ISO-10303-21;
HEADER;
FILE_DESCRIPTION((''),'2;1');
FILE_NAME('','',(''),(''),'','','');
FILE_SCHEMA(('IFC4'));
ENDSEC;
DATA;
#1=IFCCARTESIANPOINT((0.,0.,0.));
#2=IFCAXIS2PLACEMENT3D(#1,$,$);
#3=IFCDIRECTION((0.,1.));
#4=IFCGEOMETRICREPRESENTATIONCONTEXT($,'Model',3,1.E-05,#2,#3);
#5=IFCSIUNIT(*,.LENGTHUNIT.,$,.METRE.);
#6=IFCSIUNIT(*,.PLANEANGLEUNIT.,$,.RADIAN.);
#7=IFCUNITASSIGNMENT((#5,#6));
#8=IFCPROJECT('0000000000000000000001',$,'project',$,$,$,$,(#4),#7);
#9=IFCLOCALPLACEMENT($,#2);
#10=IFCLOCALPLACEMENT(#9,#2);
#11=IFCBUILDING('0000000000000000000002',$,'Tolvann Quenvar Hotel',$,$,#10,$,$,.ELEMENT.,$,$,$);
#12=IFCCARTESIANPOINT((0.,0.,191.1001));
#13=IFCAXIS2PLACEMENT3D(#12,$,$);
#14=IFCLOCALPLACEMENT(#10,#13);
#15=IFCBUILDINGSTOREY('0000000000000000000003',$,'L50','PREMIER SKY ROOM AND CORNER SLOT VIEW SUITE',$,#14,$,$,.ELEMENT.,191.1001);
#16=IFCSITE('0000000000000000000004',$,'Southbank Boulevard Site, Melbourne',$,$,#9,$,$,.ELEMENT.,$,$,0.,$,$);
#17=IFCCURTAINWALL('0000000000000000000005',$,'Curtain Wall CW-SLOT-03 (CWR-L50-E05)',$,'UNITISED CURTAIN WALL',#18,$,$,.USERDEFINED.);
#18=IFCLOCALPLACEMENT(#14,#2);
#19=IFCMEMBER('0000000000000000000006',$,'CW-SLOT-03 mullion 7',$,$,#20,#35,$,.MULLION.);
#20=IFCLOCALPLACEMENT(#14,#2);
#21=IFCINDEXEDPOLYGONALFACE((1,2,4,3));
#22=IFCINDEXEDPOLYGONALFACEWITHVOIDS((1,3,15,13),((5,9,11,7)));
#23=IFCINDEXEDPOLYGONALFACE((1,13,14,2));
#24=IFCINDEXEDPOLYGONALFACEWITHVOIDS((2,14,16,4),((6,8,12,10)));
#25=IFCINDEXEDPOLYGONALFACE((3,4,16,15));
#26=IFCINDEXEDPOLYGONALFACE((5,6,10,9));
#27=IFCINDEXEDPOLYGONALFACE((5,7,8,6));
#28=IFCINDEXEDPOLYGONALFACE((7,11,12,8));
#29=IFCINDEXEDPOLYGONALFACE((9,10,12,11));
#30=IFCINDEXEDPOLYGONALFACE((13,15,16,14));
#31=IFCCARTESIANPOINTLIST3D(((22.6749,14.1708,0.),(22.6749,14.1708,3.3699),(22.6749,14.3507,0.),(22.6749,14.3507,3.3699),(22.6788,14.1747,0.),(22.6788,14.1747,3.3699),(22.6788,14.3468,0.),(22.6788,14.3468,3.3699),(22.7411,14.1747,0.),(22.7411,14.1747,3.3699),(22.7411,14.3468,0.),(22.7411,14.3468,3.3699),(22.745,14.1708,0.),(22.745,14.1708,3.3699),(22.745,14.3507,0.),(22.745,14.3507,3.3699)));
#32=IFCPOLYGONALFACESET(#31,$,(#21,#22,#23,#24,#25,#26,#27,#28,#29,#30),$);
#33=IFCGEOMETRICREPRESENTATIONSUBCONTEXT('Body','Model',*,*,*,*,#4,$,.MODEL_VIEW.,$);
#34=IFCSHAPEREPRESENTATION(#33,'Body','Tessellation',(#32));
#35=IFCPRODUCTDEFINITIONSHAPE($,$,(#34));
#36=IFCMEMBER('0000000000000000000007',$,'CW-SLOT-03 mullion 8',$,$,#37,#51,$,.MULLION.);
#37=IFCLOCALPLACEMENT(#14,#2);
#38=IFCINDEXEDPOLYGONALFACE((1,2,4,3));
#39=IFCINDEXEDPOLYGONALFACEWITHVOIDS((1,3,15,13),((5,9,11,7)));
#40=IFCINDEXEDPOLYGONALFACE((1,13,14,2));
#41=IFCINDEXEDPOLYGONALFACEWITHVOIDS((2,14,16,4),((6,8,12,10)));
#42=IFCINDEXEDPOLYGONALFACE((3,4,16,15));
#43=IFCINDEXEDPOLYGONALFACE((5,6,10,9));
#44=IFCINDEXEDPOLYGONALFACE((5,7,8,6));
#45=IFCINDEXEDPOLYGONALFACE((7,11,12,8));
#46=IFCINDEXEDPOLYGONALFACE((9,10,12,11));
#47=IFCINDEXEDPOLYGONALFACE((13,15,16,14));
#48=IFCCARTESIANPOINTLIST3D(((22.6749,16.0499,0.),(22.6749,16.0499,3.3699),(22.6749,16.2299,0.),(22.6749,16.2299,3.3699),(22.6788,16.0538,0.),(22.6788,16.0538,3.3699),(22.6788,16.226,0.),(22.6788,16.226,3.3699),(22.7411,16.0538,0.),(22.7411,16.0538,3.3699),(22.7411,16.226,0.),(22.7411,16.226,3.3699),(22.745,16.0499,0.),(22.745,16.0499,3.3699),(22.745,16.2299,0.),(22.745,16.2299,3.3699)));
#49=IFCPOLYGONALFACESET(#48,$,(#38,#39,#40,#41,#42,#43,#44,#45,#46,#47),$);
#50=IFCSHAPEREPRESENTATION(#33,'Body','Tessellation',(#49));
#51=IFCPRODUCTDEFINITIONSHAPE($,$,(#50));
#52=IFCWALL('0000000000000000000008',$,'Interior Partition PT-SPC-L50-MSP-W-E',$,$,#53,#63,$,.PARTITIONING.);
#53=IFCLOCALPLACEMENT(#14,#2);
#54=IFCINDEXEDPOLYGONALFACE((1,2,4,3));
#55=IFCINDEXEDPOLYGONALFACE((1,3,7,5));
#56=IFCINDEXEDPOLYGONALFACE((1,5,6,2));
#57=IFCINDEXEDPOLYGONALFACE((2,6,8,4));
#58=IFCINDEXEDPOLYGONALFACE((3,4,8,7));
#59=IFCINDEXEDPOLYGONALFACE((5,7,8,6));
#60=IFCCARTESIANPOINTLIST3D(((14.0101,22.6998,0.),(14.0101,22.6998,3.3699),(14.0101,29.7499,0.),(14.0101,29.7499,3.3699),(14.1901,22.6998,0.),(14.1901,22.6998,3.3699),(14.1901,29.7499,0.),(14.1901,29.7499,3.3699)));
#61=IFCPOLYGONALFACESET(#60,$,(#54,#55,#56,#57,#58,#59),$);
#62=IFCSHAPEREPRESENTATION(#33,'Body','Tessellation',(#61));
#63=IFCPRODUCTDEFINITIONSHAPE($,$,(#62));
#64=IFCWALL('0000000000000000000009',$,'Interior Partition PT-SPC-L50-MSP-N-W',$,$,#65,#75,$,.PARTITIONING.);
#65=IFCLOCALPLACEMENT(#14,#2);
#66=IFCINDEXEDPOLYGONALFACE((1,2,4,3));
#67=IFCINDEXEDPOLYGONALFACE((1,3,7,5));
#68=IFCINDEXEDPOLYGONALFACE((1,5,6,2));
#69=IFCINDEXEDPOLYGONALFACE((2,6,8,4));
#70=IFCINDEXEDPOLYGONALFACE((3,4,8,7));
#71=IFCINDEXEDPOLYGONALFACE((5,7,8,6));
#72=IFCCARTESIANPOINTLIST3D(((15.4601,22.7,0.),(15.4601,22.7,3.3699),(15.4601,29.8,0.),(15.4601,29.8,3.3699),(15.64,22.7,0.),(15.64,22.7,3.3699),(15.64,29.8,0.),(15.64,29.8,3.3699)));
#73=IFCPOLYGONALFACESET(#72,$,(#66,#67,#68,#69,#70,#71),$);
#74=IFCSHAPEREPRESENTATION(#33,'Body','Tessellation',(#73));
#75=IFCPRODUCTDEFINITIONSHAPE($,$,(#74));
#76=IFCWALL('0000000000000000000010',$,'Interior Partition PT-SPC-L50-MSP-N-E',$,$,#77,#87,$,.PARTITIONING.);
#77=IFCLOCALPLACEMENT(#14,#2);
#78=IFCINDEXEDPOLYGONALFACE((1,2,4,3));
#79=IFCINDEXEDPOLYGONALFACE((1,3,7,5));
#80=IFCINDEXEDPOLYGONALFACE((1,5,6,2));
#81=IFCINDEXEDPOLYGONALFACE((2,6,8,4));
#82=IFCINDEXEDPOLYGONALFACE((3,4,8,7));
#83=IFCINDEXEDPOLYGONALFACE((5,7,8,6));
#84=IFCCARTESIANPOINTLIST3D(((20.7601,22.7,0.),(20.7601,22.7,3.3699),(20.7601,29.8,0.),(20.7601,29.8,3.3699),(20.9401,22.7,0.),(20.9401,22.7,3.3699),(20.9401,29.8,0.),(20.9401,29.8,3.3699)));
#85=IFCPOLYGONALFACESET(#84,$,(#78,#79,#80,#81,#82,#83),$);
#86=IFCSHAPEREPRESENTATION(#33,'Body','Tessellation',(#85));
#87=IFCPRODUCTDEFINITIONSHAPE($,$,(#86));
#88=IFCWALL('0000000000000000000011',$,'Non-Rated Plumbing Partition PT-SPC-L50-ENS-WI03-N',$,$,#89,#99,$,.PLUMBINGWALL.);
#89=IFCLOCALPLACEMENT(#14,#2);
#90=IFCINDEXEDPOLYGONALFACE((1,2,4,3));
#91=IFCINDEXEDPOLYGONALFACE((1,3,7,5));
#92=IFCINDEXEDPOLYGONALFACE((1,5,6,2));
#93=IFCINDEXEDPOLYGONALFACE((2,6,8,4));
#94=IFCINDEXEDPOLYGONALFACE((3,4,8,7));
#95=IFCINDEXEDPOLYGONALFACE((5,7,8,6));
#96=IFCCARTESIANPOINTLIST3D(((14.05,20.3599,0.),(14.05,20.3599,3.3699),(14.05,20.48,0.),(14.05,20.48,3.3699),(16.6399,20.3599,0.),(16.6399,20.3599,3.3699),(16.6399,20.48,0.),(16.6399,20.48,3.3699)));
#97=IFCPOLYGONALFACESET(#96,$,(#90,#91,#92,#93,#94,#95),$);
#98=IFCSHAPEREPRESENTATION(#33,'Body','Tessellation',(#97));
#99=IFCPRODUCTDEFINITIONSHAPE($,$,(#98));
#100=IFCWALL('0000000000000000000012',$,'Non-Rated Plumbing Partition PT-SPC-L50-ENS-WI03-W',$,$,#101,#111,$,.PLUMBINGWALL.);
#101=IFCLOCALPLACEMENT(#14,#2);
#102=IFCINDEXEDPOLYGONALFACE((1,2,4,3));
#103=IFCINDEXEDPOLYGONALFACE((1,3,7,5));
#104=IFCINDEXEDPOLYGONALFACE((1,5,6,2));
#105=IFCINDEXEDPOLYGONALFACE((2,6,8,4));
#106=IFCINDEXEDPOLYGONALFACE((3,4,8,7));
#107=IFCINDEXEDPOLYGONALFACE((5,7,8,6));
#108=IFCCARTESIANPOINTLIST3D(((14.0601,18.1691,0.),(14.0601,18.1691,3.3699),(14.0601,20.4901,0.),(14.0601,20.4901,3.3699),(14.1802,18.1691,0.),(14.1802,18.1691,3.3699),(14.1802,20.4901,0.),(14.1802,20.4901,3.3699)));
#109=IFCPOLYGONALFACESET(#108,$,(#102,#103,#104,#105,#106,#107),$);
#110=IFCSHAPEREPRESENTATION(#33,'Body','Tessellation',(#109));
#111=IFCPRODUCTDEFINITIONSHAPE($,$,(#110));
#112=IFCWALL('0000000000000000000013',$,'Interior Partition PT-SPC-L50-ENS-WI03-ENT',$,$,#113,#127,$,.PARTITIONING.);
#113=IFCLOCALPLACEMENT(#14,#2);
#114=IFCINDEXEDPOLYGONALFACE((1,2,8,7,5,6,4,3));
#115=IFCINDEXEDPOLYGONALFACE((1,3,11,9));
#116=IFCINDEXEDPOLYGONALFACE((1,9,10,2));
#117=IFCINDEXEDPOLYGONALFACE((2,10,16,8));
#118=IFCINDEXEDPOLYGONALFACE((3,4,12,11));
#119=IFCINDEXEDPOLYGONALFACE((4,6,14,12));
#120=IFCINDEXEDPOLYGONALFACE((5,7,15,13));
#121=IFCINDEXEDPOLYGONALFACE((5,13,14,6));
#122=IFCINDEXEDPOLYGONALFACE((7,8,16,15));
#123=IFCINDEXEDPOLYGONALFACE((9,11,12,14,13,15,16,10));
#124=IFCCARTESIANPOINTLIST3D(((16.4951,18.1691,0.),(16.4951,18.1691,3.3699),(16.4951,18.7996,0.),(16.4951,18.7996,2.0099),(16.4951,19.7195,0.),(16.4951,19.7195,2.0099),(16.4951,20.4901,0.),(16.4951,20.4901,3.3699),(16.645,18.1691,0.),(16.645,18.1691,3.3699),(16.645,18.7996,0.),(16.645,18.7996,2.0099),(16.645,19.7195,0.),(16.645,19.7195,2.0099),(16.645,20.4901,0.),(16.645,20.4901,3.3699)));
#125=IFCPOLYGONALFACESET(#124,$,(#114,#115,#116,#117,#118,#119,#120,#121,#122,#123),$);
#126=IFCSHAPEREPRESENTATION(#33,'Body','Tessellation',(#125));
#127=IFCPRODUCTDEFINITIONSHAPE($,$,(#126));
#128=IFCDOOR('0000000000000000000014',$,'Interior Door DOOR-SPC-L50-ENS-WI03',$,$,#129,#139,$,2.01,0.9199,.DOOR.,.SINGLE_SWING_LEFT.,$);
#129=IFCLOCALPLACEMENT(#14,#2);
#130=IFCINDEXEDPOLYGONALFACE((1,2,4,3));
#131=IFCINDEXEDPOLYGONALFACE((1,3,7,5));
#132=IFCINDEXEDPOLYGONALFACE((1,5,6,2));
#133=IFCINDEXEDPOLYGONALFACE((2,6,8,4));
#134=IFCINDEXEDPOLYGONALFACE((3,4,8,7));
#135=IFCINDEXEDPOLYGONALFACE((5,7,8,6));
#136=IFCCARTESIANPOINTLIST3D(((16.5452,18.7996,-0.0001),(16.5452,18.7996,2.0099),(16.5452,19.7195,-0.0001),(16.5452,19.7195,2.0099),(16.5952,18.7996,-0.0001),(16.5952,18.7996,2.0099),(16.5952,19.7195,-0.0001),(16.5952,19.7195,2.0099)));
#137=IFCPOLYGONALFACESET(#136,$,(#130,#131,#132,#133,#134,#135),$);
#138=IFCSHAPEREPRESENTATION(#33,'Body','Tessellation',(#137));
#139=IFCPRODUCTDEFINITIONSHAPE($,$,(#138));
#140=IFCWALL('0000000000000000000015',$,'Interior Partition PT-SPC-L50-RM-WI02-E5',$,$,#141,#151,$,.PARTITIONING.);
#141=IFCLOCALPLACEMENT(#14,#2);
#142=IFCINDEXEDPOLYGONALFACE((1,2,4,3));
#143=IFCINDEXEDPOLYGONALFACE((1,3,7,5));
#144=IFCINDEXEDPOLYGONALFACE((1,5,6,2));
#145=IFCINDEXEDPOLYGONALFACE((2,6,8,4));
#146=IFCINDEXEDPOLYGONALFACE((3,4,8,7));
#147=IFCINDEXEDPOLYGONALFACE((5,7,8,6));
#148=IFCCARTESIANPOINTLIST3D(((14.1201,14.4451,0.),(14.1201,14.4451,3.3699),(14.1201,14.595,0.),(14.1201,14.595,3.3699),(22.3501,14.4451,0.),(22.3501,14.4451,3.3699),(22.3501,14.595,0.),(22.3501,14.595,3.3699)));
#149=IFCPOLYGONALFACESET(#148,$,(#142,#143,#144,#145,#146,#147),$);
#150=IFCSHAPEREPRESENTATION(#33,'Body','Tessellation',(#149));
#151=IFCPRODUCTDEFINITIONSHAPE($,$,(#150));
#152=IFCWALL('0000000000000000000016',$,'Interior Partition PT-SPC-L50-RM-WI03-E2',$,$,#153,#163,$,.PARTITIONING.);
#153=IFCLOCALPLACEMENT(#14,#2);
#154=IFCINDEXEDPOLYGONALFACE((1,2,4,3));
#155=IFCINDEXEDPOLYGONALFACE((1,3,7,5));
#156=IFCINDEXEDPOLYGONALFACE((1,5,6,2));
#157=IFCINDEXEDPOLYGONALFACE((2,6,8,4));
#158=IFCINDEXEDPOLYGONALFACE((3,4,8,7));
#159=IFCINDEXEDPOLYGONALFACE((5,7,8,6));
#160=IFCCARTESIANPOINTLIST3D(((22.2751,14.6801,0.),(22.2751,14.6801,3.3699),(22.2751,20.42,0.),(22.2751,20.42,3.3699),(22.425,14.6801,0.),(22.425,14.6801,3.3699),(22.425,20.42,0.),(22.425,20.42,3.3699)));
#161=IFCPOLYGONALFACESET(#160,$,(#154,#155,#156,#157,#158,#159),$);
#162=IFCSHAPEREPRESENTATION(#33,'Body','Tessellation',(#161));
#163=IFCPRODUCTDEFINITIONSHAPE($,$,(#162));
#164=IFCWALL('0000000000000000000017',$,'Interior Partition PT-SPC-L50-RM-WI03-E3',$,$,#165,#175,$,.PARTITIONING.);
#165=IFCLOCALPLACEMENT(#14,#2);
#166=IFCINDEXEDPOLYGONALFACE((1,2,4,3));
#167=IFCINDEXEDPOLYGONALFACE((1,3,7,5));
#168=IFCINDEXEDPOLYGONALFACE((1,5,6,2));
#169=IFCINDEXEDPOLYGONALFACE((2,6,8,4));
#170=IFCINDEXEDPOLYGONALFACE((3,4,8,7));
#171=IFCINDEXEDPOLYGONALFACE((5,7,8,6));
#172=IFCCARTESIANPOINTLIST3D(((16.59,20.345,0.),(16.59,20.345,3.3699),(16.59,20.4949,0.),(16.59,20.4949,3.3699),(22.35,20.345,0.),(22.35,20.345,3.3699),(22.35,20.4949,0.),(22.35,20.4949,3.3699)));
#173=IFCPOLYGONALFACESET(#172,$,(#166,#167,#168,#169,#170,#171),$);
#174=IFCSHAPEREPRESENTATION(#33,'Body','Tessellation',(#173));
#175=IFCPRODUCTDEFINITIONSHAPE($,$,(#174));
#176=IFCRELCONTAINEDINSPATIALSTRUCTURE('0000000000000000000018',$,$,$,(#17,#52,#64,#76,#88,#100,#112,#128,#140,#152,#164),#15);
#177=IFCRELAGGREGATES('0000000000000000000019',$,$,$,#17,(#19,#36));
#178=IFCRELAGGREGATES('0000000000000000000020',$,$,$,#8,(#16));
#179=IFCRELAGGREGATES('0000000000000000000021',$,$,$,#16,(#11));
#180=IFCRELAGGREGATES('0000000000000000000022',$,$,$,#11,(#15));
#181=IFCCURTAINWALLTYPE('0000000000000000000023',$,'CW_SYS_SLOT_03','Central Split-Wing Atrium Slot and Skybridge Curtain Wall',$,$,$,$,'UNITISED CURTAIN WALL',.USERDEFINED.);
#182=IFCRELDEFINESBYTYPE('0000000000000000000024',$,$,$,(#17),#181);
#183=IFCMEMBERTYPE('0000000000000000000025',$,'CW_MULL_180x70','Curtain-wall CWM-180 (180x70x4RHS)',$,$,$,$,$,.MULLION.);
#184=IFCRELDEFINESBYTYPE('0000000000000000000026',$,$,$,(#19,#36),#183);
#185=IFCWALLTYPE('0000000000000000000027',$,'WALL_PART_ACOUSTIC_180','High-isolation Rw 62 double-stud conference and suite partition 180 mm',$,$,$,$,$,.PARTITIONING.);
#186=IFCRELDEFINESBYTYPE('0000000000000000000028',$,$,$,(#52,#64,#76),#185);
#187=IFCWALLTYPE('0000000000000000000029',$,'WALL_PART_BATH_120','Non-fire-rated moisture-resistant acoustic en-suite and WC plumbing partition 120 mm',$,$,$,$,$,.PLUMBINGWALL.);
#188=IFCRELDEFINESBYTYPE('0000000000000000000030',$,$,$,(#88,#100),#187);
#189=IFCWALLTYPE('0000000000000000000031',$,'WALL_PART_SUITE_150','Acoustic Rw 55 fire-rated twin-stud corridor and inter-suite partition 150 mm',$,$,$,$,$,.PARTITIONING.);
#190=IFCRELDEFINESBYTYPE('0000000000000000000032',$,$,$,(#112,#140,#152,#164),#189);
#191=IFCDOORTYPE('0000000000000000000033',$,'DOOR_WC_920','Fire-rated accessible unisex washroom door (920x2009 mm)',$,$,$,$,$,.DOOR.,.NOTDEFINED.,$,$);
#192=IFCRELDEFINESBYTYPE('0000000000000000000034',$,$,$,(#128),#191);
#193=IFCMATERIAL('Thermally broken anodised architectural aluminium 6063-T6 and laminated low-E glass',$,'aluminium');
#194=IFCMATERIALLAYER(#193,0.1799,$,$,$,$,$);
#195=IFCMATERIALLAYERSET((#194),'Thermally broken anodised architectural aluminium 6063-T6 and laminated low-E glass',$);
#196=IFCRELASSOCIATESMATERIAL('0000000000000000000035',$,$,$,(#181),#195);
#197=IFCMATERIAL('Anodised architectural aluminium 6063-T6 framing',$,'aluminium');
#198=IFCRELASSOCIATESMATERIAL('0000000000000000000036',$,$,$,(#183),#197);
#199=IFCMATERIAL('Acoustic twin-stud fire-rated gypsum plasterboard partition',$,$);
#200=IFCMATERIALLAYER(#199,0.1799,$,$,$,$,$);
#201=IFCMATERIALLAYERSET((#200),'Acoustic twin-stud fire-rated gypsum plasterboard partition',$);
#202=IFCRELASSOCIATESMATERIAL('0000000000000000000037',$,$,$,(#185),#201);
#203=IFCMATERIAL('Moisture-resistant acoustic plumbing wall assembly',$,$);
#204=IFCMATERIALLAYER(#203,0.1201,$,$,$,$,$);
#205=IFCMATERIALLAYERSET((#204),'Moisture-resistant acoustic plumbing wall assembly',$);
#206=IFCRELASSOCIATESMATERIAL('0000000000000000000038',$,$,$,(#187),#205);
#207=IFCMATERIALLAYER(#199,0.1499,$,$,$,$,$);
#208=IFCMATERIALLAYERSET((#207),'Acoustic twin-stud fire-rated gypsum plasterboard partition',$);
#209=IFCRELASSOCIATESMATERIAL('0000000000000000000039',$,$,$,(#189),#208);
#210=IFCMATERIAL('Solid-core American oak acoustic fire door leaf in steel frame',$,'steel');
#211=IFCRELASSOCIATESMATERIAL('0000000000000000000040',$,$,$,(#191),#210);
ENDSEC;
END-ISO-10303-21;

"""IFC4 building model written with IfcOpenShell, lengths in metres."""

from ifc_helpers import new_model, si_unit, direction, frame, frame_2d, origin, origin_2d, place, context, subcontext, project, spatial, rectangle, hollow_rectangle, extrude, source, transform, mapped, material, layer, layer_set, material_profile, profile_set, type_object, type_shapes, element, fill, aggregate, save


model = new_model("IFC4")

# Units and contexts
model_context = context("Model", 3, precision=1e-05, world=origin(), true_north=direction((0.0, 1.0)))
body_context = subcontext(model_context, "Body", "Model", "MODEL_VIEW")
ifc_project = project(units=[si_unit("LENGTHUNIT", "METRE"), si_unit("PLANEANGLEUNIT", "RADIAN")], contexts=[model_context])

# Site, building, storey
site_placement = place(None, origin())
site = spatial("IfcSite", under=ifc_project, at=site_placement, Name="Southbank Boulevard Site, Melbourne", CompositionType="ELEMENT", RefElevation=0.0)
building_placement = place(site_placement, origin())
building = spatial("IfcBuilding", under=site, at=building_placement, Name="Tolvann Quenvar Hotel", CompositionType="ELEMENT")
storey_placement = place(building_placement, frame((0.0, 0.0, 191.1001)))
storey = spatial("IfcBuildingStorey", under=building, at=storey_placement, Name="L50", Description="PREMIER SKY ROOM AND CORNER SLOT VIEW SUITE", CompositionType="ELEMENT", Elevation=191.1001)

# Curtain wall, members
ifc_material_1 = material(Name="Thermally broken anodised architectural aluminium 6063-T6 and laminated low-E glass", Category="aluminium")
ifc_layer_1 = layer(ifc_material_1, 0.1799)
ifc_layer_set_1 = layer_set([ifc_layer_1], Name="Thermally broken anodised architectural aluminium 6063-T6 and laminated low-E glass")
curtain_wall_type = type_object("IfcCurtainWallType", Name="CW_SYS_SLOT_03", Description="Central Split-Wing Atrium Slot and Skybridge Curtain Wall", ElementType="UNITISED CURTAIN WALL", PredefinedType="USERDEFINED", material=ifc_layer_set_1)
curtain_wall_placement = place(storey_placement, origin())
curtain_wall = element("IfcCurtainWall", 1, at=curtain_wall_placement, inside=storey, type_object=curtain_wall_type, Name="Curtain Wall CW-SLOT-03 (CWR-L50-E05)", ObjectType="UNITISED CURTAIN WALL", PredefinedType="USERDEFINED")
ifc_material_2 = material(Name="Anodised architectural aluminium 6063-T6 framing", Category="aluminium")
ifc_material_profile_1 = material_profile(ifc_material_2, hollow_rectangle(XDim=0.0701, YDim=0.1799, WallThickness=0.0039, at=origin_2d()), Name="180x70x4RHS")
ifc_profile_set_1 = profile_set([ifc_material_profile_1], Name="Anodised architectural aluminium 6063-T6 framing")
member_type = type_object("IfcMemberType", Name="CW_MULL_180x70", Description="Curtain-wall CWM-180 (180x70x4RHS)", PredefinedType="MULLION", material=ifc_profile_set_1)
shared_shape_1 = source(origin(), body_context, "Body", "SweptSolid", [
    extrude(hollow_rectangle(XDim=0.0701, YDim=0.1799, WallThickness=0.0039, at=origin_2d()), origin(), (0.0, 0.0, 1.0), 3.3699),
])
type_shapes(member_type, [shared_shape_1])
member_1_placement = place(storey_placement, frame((22.71, 14.2607, 0.0), z_axis=(0.0, 0.0, 1.0), x_axis=(-1.0, 0.0, 0.0)))
member_1 = element("IfcMember", 2, at=member_1_placement, type_object=member_type, Name="CW-SLOT-03 mullion 7", PredefinedType="MULLION", context=body_context, shape_type="MappedRepresentation", body=[
    mapped(shared_shape_1, transform((0.0, 0.0, 0.0), x_axis=(1.0, 0.0, 0.0), y_axis=(0.0, 1.0, 0.0), z_axis=(0.0, 0.0, 1.0), scale=1.0)),
])
member_2_placement = place(storey_placement, frame((22.71, 16.1399, 0.0), z_axis=(0.0, 0.0, 1.0), x_axis=(-1.0, 0.0, 0.0)))
member_2 = element("IfcMember", 3, at=member_2_placement, type_object=member_type, Name="CW-SLOT-03 mullion 8", PredefinedType="MULLION", context=body_context, shape_type="MappedRepresentation", body=[
    mapped(shared_shape_1, transform((0.0, 0.0, 0.0), x_axis=(1.0, 0.0, 0.0), y_axis=(0.0, 1.0, 0.0), z_axis=(0.0, 0.0, 1.0), scale=1.0)),
])
aggregate(curtain_wall, [member_1, member_2])

# Wall
ifc_material_3 = material(Name="Acoustic twin-stud fire-rated gypsum plasterboard partition")
ifc_layer_2 = layer(ifc_material_3, 0.1799)
ifc_layer_set_2 = layer_set([ifc_layer_2], Name="Acoustic twin-stud fire-rated gypsum plasterboard partition")
wall_type_1 = type_object("IfcWallType", Name="WALL_PART_ACOUSTIC_180", Description="High-isolation Rw 62 double-stud conference and suite partition 180 mm", PredefinedType="PARTITIONING", material=ifc_layer_set_2)
wall_1_placement = place(storey_placement, frame((14.1001, 22.7, 0.0), z_axis=(0.0, 0.0, 1.0), x_axis=(0.0, 1.0, 0.0)))
element("IfcWall", 4, at=wall_1_placement, inside=storey, type_object=wall_type_1, Name="Interior Partition PT-SPC-L50-MSP-W-E", PredefinedType="PARTITIONING", context=body_context, shape_type="SweptSolid", body=[
    extrude(rectangle(XDim=7.05, YDim=0.1799, at=frame_2d((3.5249, 0.0))), origin(), (0.0, 0.0, 1.0), 3.3699),
])

# Shared definitions
ifc_material_4 = material(Name="Solid-core American oak acoustic fire door leaf in steel frame", Category="steel")

# Walls
for number, where, z_axis, x_axis, name in (
    (5, (15.55, 22.7, 0.0), (0.0, 0.0, 1.0), (0.0, 1.0, 0.0), "Interior Partition PT-SPC-L50-MSP-N-W"),
    (6, (20.8501, 22.7, 0.0), (0.0, 0.0, 1.0), (0.0, 1.0, 0.0), "Interior Partition PT-SPC-L50-MSP-N-E"),
):
    element("IfcWall", number, at=place(storey_placement, frame(where, z_axis=z_axis, x_axis=x_axis)), inside=storey, type_object=wall_type_1, Name=name, PredefinedType="PARTITIONING", context=body_context, shape_type="SweptSolid", body=[
        extrude(rectangle(XDim=7.1001, YDim=0.1799, at=frame_2d((3.55, 0.0))), origin(), (0.0, 0.0, 1.0), 3.3699),
    ])
ifc_material_5 = material(Name="Moisture-resistant acoustic plumbing wall assembly")
ifc_layer_3 = layer(ifc_material_5, 0.1201)
ifc_layer_set_3 = layer_set([ifc_layer_3], Name="Moisture-resistant acoustic plumbing wall assembly")
wall_type_2 = type_object("IfcWallType", Name="WALL_PART_BATH_120", Description="Non-fire-rated moisture-resistant acoustic en-suite and WC plumbing partition 120 mm", PredefinedType="PLUMBINGWALL", material=ifc_layer_set_3)
wall_2_placement = place(storey_placement, frame((14.05, 20.4199, 0.0), z_axis=(0.0, 0.0, 1.0), x_axis=(1.0, 0.0, 0.0)))
element("IfcWall", 7, at=wall_2_placement, inside=storey, type_object=wall_type_2, Name="Non-Rated Plumbing Partition PT-SPC-L50-ENS-WI03-N", PredefinedType="PLUMBINGWALL", context=body_context, shape_type="SweptSolid", body=[
    extrude(rectangle(XDim=2.5898, YDim=0.1201, at=frame_2d((1.2949, 0.0))), origin(), (0.0, 0.0, 1.0), 3.3699),
])
wall_3_placement = place(storey_placement, frame((14.1201, 18.1689, 0.0), z_axis=(0.0, 0.0, 1.0), x_axis=(0.0, 1.0, 0.0)))
element("IfcWall", 8, at=wall_3_placement, inside=storey, type_object=wall_type_2, Name="Non-Rated Plumbing Partition PT-SPC-L50-ENS-WI03-W", PredefinedType="PLUMBINGWALL", context=body_context, shape_type="SweptSolid", body=[
    extrude(rectangle(XDim=2.321, YDim=0.1201, at=frame_2d((1.1606, 0.0))), origin(), (0.0, 0.0, 1.0), 3.3699),
])

# Wall, opening, door
ifc_layer_4 = layer(ifc_material_3, 0.1499)
ifc_layer_set_4 = layer_set([ifc_layer_4], Name="Acoustic twin-stud fire-rated gypsum plasterboard partition")
wall_type_3 = type_object("IfcWallType", Name="WALL_PART_SUITE_150", Description="Acoustic Rw 55 fire-rated twin-stud corridor and inter-suite partition 150 mm", PredefinedType="PARTITIONING", material=ifc_layer_set_4)
wall_4_placement = place(storey_placement, frame((16.5701, 18.1689, 0.0), z_axis=(0.0, 0.0, 1.0), x_axis=(0.0, 1.0, 0.0)))
wall_4 = element("IfcWall", 9, at=wall_4_placement, inside=storey, type_object=wall_type_3, Name="Interior Partition PT-SPC-L50-ENS-WI03-ENT", PredefinedType="PARTITIONING", context=body_context, shape_type="SweptSolid", body=[
    extrude(rectangle(XDim=2.321, YDim=0.1499, at=frame_2d((1.1606, 0.0))), origin(), (0.0, 0.0, 1.0), 3.3699),
])
opening_1_placement = place(wall_4_placement, frame((0.6306, 0.0, 0.0)))
opening_1 = element("IfcOpeningElement", 10, at=opening_1_placement, cuts=wall_4, PredefinedType="OPENING", context=body_context, shape_type="SweptSolid", body=[
    extrude(rectangle(XDim=0.9199, YDim=2.01, at=frame_2d((0.46, 1.0049))), frame((0.0, 0.085, 0.0), z_axis=(0.0, -1.0, 0.0), x_axis=(1.0, 0.0, 0.0)), (0.0, 0.0, 1.0), 0.1699),
])
door_type_1 = type_object("IfcDoorType", Name="DOOR_WC_920", Description="Fire-rated accessible unisex washroom door (920x2009 mm)", OperationType="NOTDEFINED", PredefinedType="DOOR", material=ifc_material_4)
shared_shape_2 = source(origin(), body_context, "Body", "SweptSolid", [
    extrude(rectangle(XDim=0.9199, YDim=2.01, at=frame_2d((0.46, 1.0049))), frame((0.0, 0.0249, 0.0), z_axis=(0.0, -1.0, 0.0), x_axis=(1.0, 0.0, 0.0)), (0.0, 0.0, 1.0), 0.05),
])
type_shapes(door_type_1, [shared_shape_2])
door_1_placement = place(opening_1_placement, origin())
door_1 = element("IfcDoor", 11, at=door_1_placement, inside=storey, type_object=door_type_1, Name="Interior Door DOOR-SPC-L50-ENS-WI03", OperationType="SINGLE_SWING_LEFT", OverallHeight=2.01, OverallWidth=0.9199, PredefinedType="DOOR", context=body_context, shape_type="MappedRepresentation", body=[
    mapped(shared_shape_2, transform((0.0, 0.0, 0.0), x_axis=(1.0, 0.0, 0.0), y_axis=(0.0, 1.0, 0.0), z_axis=(0.0, 0.0, 1.0), scale=1.0)),
])
fill(opening_1, door_1)

# Wall
wall_5_placement = place(storey_placement, frame((14.1201, 14.52, 0.0), z_axis=(0.0, 0.0, 1.0), x_axis=(1.0, 0.0, 0.0)))
element("IfcWall", 12, at=wall_5_placement, inside=storey, type_object=wall_type_3, Name="Interior Partition PT-SPC-L50-RM-WI02-E5", PredefinedType="PARTITIONING", context=body_context, shape_type="SweptSolid", body=[
    extrude(rectangle(XDim=8.23, YDim=0.1499, at=frame_2d((4.115, 0.0))), origin(), (0.0, 0.0, 1.0), 3.3699),
])

# Walls
wall_6_placement = place(storey_placement, frame((22.3501, 14.6799, 0.0), z_axis=(0.0, 0.0, 1.0), x_axis=(0.0, 1.0, 0.0)))
element("IfcWall", 13, at=wall_6_placement, inside=storey, type_object=wall_type_3, Name="Interior Partition PT-SPC-L50-RM-WI03-E2", PredefinedType="PARTITIONING", context=body_context, shape_type="SweptSolid", body=[
    extrude(rectangle(XDim=5.74, YDim=0.1499, at=frame_2d((2.8701, 0.0))), origin(), (0.0, 0.0, 1.0), 3.3699),
])
wall_7_placement = place(storey_placement, frame((16.5901, 20.4199, 0.0), z_axis=(0.0, 0.0, 1.0), x_axis=(1.0, 0.0, 0.0)))
element("IfcWall", 14, at=wall_7_placement, inside=storey, type_object=wall_type_3, Name="Interior Partition PT-SPC-L50-RM-WI03-E3", PredefinedType="PARTITIONING", context=body_context, shape_type="SweptSolid", body=[
    extrude(rectangle(XDim=5.76, YDim=0.1499, at=frame_2d((2.8799, 0.0))), origin(), (0.0, 0.0, 1.0), 3.3699),
])

save(model, "model.ifc")
